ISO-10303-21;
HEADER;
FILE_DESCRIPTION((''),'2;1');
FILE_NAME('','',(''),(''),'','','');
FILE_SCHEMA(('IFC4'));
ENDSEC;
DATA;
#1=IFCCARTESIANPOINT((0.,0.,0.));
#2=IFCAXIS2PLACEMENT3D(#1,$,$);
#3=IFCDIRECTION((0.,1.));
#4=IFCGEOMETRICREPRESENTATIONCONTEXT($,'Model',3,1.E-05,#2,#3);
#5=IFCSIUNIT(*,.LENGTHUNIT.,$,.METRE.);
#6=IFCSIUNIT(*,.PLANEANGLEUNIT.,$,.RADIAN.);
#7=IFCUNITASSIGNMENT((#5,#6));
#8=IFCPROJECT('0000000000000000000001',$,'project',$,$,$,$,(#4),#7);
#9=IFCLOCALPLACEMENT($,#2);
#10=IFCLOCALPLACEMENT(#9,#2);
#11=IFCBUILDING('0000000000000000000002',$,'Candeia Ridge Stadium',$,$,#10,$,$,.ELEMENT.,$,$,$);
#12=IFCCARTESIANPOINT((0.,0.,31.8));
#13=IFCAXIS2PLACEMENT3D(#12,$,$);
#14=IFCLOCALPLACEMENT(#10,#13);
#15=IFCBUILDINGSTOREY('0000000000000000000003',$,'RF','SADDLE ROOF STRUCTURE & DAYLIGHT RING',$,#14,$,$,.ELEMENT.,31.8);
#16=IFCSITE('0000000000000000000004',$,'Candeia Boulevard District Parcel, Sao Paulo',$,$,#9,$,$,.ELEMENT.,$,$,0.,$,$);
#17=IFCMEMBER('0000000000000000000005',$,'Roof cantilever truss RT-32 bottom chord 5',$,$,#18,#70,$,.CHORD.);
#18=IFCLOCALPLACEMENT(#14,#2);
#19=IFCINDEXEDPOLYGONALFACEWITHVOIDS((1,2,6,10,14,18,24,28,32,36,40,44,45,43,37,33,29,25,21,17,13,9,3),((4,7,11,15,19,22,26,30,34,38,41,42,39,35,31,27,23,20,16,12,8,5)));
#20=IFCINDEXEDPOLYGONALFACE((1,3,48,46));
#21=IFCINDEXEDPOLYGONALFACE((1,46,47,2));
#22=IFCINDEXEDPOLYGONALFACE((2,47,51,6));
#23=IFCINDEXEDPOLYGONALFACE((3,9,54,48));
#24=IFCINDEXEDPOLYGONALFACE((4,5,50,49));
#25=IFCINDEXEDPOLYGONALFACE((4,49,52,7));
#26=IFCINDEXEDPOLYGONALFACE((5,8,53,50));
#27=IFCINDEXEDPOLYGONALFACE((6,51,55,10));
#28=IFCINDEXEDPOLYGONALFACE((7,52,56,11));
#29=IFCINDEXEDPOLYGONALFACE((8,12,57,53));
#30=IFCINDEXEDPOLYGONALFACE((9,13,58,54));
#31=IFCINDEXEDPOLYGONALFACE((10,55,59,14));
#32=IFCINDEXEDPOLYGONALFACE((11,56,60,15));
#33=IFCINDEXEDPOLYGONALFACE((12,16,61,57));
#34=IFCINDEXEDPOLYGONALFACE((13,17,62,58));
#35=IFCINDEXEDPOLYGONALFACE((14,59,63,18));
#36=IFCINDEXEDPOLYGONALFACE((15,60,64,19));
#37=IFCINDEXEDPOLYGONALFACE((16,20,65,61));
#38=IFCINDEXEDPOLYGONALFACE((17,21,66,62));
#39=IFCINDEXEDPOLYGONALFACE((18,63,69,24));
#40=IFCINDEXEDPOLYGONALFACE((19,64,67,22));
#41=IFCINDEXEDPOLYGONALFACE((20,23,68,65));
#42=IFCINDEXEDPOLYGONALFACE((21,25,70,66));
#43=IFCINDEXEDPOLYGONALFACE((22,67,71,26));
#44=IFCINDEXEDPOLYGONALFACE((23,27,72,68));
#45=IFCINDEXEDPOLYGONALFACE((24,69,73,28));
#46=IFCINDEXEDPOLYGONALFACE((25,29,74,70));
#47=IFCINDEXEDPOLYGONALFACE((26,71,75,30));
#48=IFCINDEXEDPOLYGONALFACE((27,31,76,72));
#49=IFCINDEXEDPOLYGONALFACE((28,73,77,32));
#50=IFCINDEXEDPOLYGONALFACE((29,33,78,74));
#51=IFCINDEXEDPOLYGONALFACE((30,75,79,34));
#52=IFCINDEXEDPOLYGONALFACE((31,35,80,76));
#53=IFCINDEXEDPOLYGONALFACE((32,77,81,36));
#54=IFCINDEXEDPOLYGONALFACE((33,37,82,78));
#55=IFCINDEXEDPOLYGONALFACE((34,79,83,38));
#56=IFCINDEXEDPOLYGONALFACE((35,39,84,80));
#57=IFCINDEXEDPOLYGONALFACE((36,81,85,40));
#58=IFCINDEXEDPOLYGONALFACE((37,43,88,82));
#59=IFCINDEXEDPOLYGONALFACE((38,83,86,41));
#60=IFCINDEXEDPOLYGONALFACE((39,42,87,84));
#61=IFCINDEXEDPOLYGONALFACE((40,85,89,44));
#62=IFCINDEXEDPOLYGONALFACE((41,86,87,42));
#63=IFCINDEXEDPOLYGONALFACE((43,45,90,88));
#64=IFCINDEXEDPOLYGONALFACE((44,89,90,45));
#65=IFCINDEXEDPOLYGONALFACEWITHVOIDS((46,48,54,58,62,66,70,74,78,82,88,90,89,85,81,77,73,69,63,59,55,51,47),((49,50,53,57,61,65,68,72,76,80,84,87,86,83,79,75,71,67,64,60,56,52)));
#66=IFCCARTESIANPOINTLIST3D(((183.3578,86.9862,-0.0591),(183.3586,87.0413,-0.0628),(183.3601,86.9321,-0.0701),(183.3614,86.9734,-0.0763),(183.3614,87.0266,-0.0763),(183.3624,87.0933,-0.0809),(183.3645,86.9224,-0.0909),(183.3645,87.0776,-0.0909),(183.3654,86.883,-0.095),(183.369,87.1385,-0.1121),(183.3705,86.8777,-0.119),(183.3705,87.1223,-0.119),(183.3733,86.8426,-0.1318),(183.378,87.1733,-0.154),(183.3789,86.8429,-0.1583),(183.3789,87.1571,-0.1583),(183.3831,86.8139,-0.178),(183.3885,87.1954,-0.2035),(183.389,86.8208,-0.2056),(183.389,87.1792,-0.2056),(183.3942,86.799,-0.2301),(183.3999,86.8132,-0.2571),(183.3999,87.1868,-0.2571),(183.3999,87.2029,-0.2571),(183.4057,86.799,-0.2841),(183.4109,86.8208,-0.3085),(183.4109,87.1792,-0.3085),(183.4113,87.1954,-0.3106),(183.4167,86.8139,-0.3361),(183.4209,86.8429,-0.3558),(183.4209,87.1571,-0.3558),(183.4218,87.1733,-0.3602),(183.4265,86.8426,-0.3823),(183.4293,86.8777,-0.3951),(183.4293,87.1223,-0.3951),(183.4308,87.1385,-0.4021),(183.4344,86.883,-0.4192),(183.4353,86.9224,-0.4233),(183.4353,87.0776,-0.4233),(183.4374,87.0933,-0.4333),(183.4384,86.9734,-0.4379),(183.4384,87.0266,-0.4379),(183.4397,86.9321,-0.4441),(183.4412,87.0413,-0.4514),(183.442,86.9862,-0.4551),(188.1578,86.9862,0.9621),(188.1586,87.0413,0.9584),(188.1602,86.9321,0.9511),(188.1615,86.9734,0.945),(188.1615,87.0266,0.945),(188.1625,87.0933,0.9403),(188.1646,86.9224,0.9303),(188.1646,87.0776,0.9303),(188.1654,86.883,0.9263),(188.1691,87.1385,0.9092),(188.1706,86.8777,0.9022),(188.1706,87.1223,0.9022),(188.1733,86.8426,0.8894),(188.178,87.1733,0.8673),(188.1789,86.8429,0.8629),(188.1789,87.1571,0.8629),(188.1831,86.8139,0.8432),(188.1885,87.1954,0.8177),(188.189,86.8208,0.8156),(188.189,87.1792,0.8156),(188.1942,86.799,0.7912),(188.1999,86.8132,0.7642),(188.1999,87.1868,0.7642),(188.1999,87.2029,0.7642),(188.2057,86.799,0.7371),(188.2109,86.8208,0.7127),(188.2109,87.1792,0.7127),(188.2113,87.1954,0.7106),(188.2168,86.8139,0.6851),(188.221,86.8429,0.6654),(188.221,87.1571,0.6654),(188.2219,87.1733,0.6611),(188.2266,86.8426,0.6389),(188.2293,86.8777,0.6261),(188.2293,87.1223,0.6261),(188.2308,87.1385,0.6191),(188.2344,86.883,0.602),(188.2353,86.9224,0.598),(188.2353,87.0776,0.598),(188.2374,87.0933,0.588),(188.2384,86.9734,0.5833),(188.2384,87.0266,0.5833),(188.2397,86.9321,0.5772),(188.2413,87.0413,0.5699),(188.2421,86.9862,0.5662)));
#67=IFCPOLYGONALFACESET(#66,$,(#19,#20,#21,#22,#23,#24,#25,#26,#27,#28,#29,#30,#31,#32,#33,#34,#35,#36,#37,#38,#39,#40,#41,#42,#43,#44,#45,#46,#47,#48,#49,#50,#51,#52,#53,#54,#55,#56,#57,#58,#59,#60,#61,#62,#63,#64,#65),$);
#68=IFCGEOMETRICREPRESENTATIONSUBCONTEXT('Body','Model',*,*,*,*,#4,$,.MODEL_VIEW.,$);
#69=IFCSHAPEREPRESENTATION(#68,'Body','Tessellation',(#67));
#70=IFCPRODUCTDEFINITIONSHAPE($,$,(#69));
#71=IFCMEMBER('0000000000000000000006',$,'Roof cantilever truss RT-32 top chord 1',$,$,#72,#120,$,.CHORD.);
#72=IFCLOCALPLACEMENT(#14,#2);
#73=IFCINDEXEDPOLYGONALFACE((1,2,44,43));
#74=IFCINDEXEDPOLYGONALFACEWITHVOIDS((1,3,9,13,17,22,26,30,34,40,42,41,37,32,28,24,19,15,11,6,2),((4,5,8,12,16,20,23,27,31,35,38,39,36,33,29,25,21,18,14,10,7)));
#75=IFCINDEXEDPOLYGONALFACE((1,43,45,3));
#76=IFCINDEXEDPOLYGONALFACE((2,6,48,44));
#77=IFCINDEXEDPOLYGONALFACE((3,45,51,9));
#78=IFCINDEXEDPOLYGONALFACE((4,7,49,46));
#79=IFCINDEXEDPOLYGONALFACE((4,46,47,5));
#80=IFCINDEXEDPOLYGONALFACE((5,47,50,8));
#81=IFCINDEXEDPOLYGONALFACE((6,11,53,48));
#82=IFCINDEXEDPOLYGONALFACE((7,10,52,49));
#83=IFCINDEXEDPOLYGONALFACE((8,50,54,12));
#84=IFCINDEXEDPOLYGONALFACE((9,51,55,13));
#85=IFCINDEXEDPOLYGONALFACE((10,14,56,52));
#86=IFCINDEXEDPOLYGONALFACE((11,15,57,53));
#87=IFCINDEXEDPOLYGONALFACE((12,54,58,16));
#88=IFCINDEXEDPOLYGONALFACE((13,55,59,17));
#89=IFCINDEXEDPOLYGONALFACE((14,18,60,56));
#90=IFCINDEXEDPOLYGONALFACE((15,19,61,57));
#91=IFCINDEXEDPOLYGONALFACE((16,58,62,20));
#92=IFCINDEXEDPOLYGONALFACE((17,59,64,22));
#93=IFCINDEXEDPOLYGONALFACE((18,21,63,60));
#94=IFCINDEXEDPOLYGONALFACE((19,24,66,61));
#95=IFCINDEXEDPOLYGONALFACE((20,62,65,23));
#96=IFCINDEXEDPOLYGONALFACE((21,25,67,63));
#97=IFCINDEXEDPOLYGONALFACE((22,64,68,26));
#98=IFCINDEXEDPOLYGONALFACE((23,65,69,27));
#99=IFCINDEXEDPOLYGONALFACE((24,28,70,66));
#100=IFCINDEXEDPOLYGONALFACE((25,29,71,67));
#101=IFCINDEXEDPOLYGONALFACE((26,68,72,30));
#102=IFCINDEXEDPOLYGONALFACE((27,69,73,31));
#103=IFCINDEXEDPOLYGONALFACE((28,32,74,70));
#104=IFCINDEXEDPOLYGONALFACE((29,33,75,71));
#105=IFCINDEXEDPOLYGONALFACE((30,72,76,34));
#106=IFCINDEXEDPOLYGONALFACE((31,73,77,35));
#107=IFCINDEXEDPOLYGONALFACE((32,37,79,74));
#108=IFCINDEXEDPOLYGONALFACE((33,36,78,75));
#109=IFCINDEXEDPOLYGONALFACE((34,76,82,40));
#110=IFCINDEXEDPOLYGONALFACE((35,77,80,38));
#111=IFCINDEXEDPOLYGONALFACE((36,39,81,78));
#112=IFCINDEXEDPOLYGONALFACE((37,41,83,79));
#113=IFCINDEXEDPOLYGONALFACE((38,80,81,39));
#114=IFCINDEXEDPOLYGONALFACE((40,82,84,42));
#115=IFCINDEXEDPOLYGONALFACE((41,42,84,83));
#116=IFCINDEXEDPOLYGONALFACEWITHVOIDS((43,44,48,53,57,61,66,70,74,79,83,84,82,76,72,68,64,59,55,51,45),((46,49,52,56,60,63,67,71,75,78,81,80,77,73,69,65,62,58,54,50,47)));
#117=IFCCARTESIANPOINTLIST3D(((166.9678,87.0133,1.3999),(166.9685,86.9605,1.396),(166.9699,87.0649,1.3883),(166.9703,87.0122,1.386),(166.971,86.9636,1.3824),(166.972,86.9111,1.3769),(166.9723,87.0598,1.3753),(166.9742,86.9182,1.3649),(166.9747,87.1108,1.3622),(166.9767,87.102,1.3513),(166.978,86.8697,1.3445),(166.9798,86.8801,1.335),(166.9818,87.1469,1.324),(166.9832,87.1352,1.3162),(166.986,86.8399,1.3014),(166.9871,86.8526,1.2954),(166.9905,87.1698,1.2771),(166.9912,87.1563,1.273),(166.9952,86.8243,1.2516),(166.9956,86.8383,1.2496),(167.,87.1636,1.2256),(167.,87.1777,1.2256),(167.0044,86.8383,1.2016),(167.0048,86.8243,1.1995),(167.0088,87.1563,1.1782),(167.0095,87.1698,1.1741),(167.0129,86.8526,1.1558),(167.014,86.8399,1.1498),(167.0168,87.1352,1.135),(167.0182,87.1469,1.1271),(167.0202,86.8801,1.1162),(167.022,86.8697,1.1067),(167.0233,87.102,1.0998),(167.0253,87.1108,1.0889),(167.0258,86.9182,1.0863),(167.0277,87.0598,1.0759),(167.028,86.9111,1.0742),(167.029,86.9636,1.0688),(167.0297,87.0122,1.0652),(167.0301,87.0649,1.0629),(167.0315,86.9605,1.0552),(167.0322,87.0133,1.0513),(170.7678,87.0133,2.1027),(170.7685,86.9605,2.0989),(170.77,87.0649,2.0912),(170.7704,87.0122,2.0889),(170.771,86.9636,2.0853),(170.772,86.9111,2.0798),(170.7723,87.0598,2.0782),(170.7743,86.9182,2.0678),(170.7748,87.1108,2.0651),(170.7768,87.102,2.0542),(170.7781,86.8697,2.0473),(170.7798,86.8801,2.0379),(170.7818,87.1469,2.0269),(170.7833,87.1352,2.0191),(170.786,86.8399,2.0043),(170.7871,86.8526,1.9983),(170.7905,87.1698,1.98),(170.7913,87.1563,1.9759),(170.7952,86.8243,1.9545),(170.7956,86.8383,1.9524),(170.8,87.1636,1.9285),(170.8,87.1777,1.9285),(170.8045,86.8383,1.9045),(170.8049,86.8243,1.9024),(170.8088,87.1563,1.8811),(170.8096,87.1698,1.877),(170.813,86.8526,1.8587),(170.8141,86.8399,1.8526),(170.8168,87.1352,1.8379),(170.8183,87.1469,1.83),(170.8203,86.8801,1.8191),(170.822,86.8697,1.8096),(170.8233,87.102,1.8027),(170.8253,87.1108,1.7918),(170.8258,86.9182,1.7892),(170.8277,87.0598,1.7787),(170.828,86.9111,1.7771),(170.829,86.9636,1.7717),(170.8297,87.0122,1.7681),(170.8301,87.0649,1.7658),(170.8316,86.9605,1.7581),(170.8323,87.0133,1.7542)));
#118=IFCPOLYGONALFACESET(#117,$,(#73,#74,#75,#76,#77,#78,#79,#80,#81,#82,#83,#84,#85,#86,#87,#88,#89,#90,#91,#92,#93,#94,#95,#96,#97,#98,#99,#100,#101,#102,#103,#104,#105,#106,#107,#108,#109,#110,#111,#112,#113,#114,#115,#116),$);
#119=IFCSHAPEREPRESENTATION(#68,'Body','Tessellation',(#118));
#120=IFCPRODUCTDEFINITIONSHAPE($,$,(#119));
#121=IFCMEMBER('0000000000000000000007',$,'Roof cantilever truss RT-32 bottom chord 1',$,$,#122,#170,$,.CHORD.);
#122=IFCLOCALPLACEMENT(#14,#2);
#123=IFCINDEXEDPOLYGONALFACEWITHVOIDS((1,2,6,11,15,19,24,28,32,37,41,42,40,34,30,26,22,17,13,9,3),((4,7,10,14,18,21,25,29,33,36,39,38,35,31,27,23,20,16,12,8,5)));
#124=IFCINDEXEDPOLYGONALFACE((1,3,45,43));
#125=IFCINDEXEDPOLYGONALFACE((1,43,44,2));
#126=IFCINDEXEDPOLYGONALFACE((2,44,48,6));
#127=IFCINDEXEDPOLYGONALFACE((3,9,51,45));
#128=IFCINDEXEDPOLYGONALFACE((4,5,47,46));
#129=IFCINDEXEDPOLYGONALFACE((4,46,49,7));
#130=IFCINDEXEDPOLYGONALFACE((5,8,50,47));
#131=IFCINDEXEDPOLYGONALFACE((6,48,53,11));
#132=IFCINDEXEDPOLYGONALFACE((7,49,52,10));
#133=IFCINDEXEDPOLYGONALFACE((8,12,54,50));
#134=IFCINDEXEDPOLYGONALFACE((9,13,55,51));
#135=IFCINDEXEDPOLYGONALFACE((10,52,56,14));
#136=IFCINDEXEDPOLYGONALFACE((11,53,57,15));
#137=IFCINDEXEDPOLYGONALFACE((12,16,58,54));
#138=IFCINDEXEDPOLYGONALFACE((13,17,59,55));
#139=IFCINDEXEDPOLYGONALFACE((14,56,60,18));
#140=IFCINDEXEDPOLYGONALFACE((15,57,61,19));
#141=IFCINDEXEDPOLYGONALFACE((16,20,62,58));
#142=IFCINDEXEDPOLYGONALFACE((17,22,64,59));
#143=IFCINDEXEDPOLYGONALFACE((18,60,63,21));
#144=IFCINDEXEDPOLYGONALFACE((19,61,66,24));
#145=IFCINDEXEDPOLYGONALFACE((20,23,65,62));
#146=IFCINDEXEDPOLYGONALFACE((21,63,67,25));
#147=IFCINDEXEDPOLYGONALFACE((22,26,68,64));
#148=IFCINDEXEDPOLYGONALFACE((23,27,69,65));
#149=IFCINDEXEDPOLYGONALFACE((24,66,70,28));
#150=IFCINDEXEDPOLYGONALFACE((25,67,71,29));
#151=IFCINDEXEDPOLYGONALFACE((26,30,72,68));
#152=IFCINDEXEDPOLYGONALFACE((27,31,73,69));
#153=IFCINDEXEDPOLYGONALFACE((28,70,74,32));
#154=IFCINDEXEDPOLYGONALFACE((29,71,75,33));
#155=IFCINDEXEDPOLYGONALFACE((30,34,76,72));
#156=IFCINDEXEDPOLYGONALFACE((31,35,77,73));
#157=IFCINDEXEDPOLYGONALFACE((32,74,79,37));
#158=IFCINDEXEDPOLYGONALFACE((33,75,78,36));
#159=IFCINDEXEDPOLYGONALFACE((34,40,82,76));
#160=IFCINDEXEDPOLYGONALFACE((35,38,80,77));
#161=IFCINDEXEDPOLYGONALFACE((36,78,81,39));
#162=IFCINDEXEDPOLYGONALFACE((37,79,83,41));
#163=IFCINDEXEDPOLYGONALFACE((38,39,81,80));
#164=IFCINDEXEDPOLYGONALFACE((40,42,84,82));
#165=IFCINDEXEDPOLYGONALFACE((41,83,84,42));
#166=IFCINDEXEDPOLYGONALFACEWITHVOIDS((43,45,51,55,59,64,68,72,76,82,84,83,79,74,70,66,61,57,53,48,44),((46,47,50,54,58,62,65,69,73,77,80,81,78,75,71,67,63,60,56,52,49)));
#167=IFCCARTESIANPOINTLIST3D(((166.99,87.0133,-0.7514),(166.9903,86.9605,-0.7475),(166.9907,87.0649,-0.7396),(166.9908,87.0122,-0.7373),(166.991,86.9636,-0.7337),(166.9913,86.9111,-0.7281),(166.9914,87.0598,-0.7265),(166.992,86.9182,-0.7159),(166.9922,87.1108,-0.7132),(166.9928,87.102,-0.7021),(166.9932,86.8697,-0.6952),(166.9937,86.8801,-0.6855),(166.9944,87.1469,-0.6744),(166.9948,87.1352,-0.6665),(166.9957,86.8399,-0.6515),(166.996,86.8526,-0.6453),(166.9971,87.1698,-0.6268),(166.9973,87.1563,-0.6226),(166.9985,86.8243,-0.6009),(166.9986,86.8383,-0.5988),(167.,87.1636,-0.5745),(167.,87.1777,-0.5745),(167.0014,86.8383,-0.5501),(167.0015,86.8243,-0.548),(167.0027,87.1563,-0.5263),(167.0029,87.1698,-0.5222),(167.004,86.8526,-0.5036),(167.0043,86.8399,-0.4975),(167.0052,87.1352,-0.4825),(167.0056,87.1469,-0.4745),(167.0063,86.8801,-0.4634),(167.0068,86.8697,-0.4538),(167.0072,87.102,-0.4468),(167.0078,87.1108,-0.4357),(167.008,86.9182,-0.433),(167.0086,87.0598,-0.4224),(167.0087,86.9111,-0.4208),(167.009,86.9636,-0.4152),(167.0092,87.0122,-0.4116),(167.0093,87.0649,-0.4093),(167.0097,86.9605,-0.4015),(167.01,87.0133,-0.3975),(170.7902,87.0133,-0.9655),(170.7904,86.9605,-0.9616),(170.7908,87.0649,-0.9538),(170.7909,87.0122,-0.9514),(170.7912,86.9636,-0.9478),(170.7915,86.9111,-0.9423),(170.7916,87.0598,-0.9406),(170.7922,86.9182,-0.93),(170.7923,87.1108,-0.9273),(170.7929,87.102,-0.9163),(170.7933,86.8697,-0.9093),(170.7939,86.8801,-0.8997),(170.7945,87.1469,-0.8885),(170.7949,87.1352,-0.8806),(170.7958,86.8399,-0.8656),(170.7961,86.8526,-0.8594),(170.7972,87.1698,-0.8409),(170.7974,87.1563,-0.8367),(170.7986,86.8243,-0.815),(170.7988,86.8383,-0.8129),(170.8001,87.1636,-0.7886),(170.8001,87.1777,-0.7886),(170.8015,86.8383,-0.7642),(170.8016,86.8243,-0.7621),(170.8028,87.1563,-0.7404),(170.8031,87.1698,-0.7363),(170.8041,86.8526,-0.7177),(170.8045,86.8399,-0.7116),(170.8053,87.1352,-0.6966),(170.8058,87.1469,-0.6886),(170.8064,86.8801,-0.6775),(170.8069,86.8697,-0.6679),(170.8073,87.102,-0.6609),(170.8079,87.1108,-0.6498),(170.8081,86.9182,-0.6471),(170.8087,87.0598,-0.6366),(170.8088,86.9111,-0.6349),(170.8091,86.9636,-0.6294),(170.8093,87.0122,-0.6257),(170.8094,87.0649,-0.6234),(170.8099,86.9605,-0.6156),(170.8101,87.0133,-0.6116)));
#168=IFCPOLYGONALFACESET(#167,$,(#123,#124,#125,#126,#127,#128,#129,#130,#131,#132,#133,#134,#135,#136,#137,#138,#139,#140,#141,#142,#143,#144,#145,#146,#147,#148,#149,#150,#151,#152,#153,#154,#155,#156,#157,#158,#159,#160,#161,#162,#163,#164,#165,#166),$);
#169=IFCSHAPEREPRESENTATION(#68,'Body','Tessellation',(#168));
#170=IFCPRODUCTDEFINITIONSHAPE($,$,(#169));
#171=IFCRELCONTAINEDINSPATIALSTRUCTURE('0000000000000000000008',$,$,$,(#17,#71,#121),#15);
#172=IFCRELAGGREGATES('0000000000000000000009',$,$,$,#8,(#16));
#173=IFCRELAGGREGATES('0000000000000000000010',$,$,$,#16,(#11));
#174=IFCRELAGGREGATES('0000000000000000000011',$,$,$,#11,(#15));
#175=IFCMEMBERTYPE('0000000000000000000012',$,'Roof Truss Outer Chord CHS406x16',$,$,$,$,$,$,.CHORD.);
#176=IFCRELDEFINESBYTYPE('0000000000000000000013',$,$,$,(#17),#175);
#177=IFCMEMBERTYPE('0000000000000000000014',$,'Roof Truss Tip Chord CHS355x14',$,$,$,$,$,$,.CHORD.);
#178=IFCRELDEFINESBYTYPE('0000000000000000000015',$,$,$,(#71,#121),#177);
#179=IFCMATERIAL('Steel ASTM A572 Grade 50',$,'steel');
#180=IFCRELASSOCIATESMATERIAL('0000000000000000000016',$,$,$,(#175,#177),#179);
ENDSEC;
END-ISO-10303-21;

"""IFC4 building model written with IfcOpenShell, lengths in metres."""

from ifc_helpers import new_model, si_unit, direction, frame, origin, origin_2d, place, context, subcontext, project, spatial, hollow_circle, extrude, material, material_profile, profile_set, type_object, element, save


model = new_model("IFC4")

# Units and contexts
model_context = context("Model", 3, precision=1e-05, world=origin(), true_north=direction((0.0, 1.0)))
body_context = subcontext(model_context, "Body", "Model", "MODEL_VIEW")
ifc_project = project(units=[si_unit("LENGTHUNIT", "METRE"), si_unit("PLANEANGLEUNIT", "RADIAN")], contexts=[model_context])

# Site, building, storey
site_placement = place(None, origin())
site = spatial("IfcSite", under=ifc_project, at=site_placement, Name="Candeia Boulevard District Parcel, Sao Paulo", CompositionType="ELEMENT", RefElevation=0.0)
building_placement = place(site_placement, origin())
building = spatial("IfcBuilding", under=site, at=building_placement, Name="Candeia Ridge Stadium", CompositionType="ELEMENT")
storey_placement = place(building_placement, frame((0.0, 0.0, 31.8)))
storey = spatial("IfcBuildingStorey", under=building, at=storey_placement, Name="RF", Description="SADDLE ROOF STRUCTURE & DAYLIGHT RING", CompositionType="ELEMENT", Elevation=31.8)

# Shared definitions
ifc_material_1 = material(Name="Steel ASTM A572 Grade 50", Category="steel")

# Members
ifc_material_profile_1 = material_profile(ifc_material_1, hollow_circle(Radius=0.2029, WallThickness=0.0161, at=origin_2d()), Name="CHS406x16", Category="steel")
ifc_profile_set_1 = profile_set([ifc_material_profile_1], Name="Steel ASTM A572 Grade 50")
member_type_1 = type_object("IfcMemberType", Name="Roof Truss Outer Chord CHS406x16", PredefinedType="CHORD", material=ifc_profile_set_1)
member_1_placement = place(storey_placement, frame((183.3999, 87.0, -0.2571), z_axis=(0.978108, 0.0, 0.208099), x_axis=(0.0, 1.0, 0.0)))
element("IfcMember", 1, at=member_1_placement, inside=storey, type_object=member_type_1, Name="Roof cantilever truss RT-32 bottom chord 5", PredefinedType="CHORD", context=body_context, shape_type="SweptSolid", body=[
    extrude(hollow_circle(Radius=0.2029, WallThickness=0.0161, at=origin_2d()), origin(), (0.0, 0.0, 1.0), 4.9075),
])
ifc_material_profile_2 = material_profile(ifc_material_1, hollow_circle(Radius=0.1777, WallThickness=0.0142, at=origin_2d()), Name="CHS355x14", Category="steel")
ifc_profile_set_2 = profile_set([ifc_material_profile_2], Name="Steel ASTM A572 Grade 50")
member_type_2 = type_object("IfcMemberType", Name="Roof Truss Tip Chord CHS355x14", PredefinedType="CHORD", material=ifc_profile_set_2)
member_2_placement = place(storey_placement, frame((167.0, 87.0, 1.2256), z_axis=(0.983321, 0.0, 0.181881), x_axis=(0.0, 1.0, 0.0)))
element("IfcMember", 2, at=member_2_placement, inside=storey, type_object=member_type_2, Name="Roof cantilever truss RT-32 top chord 1", PredefinedType="CHORD", context=body_context, shape_type="SweptSolid", body=[
    extrude(hollow_circle(Radius=0.1777, WallThickness=0.0142, at=origin_2d()), origin(), (0.0, 0.0, 1.0), 3.8645),
])
member_3_placement = place(storey_placement, frame((167.0, 87.0, -0.5745), z_axis=(0.998416, 0.0, -0.056255), x_axis=(0.0, 1.0, 0.0)))
element("IfcMember", 3, at=member_3_placement, inside=storey, type_object=member_type_2, Name="Roof cantilever truss RT-32 bottom chord 1", PredefinedType="CHORD", context=body_context, shape_type="SweptSolid", body=[
    extrude(hollow_circle(Radius=0.1777, WallThickness=0.0142, at=origin_2d()), origin(), (0.0, 0.0, 1.0), 3.8062),
])

save(model, "model.ifc")
